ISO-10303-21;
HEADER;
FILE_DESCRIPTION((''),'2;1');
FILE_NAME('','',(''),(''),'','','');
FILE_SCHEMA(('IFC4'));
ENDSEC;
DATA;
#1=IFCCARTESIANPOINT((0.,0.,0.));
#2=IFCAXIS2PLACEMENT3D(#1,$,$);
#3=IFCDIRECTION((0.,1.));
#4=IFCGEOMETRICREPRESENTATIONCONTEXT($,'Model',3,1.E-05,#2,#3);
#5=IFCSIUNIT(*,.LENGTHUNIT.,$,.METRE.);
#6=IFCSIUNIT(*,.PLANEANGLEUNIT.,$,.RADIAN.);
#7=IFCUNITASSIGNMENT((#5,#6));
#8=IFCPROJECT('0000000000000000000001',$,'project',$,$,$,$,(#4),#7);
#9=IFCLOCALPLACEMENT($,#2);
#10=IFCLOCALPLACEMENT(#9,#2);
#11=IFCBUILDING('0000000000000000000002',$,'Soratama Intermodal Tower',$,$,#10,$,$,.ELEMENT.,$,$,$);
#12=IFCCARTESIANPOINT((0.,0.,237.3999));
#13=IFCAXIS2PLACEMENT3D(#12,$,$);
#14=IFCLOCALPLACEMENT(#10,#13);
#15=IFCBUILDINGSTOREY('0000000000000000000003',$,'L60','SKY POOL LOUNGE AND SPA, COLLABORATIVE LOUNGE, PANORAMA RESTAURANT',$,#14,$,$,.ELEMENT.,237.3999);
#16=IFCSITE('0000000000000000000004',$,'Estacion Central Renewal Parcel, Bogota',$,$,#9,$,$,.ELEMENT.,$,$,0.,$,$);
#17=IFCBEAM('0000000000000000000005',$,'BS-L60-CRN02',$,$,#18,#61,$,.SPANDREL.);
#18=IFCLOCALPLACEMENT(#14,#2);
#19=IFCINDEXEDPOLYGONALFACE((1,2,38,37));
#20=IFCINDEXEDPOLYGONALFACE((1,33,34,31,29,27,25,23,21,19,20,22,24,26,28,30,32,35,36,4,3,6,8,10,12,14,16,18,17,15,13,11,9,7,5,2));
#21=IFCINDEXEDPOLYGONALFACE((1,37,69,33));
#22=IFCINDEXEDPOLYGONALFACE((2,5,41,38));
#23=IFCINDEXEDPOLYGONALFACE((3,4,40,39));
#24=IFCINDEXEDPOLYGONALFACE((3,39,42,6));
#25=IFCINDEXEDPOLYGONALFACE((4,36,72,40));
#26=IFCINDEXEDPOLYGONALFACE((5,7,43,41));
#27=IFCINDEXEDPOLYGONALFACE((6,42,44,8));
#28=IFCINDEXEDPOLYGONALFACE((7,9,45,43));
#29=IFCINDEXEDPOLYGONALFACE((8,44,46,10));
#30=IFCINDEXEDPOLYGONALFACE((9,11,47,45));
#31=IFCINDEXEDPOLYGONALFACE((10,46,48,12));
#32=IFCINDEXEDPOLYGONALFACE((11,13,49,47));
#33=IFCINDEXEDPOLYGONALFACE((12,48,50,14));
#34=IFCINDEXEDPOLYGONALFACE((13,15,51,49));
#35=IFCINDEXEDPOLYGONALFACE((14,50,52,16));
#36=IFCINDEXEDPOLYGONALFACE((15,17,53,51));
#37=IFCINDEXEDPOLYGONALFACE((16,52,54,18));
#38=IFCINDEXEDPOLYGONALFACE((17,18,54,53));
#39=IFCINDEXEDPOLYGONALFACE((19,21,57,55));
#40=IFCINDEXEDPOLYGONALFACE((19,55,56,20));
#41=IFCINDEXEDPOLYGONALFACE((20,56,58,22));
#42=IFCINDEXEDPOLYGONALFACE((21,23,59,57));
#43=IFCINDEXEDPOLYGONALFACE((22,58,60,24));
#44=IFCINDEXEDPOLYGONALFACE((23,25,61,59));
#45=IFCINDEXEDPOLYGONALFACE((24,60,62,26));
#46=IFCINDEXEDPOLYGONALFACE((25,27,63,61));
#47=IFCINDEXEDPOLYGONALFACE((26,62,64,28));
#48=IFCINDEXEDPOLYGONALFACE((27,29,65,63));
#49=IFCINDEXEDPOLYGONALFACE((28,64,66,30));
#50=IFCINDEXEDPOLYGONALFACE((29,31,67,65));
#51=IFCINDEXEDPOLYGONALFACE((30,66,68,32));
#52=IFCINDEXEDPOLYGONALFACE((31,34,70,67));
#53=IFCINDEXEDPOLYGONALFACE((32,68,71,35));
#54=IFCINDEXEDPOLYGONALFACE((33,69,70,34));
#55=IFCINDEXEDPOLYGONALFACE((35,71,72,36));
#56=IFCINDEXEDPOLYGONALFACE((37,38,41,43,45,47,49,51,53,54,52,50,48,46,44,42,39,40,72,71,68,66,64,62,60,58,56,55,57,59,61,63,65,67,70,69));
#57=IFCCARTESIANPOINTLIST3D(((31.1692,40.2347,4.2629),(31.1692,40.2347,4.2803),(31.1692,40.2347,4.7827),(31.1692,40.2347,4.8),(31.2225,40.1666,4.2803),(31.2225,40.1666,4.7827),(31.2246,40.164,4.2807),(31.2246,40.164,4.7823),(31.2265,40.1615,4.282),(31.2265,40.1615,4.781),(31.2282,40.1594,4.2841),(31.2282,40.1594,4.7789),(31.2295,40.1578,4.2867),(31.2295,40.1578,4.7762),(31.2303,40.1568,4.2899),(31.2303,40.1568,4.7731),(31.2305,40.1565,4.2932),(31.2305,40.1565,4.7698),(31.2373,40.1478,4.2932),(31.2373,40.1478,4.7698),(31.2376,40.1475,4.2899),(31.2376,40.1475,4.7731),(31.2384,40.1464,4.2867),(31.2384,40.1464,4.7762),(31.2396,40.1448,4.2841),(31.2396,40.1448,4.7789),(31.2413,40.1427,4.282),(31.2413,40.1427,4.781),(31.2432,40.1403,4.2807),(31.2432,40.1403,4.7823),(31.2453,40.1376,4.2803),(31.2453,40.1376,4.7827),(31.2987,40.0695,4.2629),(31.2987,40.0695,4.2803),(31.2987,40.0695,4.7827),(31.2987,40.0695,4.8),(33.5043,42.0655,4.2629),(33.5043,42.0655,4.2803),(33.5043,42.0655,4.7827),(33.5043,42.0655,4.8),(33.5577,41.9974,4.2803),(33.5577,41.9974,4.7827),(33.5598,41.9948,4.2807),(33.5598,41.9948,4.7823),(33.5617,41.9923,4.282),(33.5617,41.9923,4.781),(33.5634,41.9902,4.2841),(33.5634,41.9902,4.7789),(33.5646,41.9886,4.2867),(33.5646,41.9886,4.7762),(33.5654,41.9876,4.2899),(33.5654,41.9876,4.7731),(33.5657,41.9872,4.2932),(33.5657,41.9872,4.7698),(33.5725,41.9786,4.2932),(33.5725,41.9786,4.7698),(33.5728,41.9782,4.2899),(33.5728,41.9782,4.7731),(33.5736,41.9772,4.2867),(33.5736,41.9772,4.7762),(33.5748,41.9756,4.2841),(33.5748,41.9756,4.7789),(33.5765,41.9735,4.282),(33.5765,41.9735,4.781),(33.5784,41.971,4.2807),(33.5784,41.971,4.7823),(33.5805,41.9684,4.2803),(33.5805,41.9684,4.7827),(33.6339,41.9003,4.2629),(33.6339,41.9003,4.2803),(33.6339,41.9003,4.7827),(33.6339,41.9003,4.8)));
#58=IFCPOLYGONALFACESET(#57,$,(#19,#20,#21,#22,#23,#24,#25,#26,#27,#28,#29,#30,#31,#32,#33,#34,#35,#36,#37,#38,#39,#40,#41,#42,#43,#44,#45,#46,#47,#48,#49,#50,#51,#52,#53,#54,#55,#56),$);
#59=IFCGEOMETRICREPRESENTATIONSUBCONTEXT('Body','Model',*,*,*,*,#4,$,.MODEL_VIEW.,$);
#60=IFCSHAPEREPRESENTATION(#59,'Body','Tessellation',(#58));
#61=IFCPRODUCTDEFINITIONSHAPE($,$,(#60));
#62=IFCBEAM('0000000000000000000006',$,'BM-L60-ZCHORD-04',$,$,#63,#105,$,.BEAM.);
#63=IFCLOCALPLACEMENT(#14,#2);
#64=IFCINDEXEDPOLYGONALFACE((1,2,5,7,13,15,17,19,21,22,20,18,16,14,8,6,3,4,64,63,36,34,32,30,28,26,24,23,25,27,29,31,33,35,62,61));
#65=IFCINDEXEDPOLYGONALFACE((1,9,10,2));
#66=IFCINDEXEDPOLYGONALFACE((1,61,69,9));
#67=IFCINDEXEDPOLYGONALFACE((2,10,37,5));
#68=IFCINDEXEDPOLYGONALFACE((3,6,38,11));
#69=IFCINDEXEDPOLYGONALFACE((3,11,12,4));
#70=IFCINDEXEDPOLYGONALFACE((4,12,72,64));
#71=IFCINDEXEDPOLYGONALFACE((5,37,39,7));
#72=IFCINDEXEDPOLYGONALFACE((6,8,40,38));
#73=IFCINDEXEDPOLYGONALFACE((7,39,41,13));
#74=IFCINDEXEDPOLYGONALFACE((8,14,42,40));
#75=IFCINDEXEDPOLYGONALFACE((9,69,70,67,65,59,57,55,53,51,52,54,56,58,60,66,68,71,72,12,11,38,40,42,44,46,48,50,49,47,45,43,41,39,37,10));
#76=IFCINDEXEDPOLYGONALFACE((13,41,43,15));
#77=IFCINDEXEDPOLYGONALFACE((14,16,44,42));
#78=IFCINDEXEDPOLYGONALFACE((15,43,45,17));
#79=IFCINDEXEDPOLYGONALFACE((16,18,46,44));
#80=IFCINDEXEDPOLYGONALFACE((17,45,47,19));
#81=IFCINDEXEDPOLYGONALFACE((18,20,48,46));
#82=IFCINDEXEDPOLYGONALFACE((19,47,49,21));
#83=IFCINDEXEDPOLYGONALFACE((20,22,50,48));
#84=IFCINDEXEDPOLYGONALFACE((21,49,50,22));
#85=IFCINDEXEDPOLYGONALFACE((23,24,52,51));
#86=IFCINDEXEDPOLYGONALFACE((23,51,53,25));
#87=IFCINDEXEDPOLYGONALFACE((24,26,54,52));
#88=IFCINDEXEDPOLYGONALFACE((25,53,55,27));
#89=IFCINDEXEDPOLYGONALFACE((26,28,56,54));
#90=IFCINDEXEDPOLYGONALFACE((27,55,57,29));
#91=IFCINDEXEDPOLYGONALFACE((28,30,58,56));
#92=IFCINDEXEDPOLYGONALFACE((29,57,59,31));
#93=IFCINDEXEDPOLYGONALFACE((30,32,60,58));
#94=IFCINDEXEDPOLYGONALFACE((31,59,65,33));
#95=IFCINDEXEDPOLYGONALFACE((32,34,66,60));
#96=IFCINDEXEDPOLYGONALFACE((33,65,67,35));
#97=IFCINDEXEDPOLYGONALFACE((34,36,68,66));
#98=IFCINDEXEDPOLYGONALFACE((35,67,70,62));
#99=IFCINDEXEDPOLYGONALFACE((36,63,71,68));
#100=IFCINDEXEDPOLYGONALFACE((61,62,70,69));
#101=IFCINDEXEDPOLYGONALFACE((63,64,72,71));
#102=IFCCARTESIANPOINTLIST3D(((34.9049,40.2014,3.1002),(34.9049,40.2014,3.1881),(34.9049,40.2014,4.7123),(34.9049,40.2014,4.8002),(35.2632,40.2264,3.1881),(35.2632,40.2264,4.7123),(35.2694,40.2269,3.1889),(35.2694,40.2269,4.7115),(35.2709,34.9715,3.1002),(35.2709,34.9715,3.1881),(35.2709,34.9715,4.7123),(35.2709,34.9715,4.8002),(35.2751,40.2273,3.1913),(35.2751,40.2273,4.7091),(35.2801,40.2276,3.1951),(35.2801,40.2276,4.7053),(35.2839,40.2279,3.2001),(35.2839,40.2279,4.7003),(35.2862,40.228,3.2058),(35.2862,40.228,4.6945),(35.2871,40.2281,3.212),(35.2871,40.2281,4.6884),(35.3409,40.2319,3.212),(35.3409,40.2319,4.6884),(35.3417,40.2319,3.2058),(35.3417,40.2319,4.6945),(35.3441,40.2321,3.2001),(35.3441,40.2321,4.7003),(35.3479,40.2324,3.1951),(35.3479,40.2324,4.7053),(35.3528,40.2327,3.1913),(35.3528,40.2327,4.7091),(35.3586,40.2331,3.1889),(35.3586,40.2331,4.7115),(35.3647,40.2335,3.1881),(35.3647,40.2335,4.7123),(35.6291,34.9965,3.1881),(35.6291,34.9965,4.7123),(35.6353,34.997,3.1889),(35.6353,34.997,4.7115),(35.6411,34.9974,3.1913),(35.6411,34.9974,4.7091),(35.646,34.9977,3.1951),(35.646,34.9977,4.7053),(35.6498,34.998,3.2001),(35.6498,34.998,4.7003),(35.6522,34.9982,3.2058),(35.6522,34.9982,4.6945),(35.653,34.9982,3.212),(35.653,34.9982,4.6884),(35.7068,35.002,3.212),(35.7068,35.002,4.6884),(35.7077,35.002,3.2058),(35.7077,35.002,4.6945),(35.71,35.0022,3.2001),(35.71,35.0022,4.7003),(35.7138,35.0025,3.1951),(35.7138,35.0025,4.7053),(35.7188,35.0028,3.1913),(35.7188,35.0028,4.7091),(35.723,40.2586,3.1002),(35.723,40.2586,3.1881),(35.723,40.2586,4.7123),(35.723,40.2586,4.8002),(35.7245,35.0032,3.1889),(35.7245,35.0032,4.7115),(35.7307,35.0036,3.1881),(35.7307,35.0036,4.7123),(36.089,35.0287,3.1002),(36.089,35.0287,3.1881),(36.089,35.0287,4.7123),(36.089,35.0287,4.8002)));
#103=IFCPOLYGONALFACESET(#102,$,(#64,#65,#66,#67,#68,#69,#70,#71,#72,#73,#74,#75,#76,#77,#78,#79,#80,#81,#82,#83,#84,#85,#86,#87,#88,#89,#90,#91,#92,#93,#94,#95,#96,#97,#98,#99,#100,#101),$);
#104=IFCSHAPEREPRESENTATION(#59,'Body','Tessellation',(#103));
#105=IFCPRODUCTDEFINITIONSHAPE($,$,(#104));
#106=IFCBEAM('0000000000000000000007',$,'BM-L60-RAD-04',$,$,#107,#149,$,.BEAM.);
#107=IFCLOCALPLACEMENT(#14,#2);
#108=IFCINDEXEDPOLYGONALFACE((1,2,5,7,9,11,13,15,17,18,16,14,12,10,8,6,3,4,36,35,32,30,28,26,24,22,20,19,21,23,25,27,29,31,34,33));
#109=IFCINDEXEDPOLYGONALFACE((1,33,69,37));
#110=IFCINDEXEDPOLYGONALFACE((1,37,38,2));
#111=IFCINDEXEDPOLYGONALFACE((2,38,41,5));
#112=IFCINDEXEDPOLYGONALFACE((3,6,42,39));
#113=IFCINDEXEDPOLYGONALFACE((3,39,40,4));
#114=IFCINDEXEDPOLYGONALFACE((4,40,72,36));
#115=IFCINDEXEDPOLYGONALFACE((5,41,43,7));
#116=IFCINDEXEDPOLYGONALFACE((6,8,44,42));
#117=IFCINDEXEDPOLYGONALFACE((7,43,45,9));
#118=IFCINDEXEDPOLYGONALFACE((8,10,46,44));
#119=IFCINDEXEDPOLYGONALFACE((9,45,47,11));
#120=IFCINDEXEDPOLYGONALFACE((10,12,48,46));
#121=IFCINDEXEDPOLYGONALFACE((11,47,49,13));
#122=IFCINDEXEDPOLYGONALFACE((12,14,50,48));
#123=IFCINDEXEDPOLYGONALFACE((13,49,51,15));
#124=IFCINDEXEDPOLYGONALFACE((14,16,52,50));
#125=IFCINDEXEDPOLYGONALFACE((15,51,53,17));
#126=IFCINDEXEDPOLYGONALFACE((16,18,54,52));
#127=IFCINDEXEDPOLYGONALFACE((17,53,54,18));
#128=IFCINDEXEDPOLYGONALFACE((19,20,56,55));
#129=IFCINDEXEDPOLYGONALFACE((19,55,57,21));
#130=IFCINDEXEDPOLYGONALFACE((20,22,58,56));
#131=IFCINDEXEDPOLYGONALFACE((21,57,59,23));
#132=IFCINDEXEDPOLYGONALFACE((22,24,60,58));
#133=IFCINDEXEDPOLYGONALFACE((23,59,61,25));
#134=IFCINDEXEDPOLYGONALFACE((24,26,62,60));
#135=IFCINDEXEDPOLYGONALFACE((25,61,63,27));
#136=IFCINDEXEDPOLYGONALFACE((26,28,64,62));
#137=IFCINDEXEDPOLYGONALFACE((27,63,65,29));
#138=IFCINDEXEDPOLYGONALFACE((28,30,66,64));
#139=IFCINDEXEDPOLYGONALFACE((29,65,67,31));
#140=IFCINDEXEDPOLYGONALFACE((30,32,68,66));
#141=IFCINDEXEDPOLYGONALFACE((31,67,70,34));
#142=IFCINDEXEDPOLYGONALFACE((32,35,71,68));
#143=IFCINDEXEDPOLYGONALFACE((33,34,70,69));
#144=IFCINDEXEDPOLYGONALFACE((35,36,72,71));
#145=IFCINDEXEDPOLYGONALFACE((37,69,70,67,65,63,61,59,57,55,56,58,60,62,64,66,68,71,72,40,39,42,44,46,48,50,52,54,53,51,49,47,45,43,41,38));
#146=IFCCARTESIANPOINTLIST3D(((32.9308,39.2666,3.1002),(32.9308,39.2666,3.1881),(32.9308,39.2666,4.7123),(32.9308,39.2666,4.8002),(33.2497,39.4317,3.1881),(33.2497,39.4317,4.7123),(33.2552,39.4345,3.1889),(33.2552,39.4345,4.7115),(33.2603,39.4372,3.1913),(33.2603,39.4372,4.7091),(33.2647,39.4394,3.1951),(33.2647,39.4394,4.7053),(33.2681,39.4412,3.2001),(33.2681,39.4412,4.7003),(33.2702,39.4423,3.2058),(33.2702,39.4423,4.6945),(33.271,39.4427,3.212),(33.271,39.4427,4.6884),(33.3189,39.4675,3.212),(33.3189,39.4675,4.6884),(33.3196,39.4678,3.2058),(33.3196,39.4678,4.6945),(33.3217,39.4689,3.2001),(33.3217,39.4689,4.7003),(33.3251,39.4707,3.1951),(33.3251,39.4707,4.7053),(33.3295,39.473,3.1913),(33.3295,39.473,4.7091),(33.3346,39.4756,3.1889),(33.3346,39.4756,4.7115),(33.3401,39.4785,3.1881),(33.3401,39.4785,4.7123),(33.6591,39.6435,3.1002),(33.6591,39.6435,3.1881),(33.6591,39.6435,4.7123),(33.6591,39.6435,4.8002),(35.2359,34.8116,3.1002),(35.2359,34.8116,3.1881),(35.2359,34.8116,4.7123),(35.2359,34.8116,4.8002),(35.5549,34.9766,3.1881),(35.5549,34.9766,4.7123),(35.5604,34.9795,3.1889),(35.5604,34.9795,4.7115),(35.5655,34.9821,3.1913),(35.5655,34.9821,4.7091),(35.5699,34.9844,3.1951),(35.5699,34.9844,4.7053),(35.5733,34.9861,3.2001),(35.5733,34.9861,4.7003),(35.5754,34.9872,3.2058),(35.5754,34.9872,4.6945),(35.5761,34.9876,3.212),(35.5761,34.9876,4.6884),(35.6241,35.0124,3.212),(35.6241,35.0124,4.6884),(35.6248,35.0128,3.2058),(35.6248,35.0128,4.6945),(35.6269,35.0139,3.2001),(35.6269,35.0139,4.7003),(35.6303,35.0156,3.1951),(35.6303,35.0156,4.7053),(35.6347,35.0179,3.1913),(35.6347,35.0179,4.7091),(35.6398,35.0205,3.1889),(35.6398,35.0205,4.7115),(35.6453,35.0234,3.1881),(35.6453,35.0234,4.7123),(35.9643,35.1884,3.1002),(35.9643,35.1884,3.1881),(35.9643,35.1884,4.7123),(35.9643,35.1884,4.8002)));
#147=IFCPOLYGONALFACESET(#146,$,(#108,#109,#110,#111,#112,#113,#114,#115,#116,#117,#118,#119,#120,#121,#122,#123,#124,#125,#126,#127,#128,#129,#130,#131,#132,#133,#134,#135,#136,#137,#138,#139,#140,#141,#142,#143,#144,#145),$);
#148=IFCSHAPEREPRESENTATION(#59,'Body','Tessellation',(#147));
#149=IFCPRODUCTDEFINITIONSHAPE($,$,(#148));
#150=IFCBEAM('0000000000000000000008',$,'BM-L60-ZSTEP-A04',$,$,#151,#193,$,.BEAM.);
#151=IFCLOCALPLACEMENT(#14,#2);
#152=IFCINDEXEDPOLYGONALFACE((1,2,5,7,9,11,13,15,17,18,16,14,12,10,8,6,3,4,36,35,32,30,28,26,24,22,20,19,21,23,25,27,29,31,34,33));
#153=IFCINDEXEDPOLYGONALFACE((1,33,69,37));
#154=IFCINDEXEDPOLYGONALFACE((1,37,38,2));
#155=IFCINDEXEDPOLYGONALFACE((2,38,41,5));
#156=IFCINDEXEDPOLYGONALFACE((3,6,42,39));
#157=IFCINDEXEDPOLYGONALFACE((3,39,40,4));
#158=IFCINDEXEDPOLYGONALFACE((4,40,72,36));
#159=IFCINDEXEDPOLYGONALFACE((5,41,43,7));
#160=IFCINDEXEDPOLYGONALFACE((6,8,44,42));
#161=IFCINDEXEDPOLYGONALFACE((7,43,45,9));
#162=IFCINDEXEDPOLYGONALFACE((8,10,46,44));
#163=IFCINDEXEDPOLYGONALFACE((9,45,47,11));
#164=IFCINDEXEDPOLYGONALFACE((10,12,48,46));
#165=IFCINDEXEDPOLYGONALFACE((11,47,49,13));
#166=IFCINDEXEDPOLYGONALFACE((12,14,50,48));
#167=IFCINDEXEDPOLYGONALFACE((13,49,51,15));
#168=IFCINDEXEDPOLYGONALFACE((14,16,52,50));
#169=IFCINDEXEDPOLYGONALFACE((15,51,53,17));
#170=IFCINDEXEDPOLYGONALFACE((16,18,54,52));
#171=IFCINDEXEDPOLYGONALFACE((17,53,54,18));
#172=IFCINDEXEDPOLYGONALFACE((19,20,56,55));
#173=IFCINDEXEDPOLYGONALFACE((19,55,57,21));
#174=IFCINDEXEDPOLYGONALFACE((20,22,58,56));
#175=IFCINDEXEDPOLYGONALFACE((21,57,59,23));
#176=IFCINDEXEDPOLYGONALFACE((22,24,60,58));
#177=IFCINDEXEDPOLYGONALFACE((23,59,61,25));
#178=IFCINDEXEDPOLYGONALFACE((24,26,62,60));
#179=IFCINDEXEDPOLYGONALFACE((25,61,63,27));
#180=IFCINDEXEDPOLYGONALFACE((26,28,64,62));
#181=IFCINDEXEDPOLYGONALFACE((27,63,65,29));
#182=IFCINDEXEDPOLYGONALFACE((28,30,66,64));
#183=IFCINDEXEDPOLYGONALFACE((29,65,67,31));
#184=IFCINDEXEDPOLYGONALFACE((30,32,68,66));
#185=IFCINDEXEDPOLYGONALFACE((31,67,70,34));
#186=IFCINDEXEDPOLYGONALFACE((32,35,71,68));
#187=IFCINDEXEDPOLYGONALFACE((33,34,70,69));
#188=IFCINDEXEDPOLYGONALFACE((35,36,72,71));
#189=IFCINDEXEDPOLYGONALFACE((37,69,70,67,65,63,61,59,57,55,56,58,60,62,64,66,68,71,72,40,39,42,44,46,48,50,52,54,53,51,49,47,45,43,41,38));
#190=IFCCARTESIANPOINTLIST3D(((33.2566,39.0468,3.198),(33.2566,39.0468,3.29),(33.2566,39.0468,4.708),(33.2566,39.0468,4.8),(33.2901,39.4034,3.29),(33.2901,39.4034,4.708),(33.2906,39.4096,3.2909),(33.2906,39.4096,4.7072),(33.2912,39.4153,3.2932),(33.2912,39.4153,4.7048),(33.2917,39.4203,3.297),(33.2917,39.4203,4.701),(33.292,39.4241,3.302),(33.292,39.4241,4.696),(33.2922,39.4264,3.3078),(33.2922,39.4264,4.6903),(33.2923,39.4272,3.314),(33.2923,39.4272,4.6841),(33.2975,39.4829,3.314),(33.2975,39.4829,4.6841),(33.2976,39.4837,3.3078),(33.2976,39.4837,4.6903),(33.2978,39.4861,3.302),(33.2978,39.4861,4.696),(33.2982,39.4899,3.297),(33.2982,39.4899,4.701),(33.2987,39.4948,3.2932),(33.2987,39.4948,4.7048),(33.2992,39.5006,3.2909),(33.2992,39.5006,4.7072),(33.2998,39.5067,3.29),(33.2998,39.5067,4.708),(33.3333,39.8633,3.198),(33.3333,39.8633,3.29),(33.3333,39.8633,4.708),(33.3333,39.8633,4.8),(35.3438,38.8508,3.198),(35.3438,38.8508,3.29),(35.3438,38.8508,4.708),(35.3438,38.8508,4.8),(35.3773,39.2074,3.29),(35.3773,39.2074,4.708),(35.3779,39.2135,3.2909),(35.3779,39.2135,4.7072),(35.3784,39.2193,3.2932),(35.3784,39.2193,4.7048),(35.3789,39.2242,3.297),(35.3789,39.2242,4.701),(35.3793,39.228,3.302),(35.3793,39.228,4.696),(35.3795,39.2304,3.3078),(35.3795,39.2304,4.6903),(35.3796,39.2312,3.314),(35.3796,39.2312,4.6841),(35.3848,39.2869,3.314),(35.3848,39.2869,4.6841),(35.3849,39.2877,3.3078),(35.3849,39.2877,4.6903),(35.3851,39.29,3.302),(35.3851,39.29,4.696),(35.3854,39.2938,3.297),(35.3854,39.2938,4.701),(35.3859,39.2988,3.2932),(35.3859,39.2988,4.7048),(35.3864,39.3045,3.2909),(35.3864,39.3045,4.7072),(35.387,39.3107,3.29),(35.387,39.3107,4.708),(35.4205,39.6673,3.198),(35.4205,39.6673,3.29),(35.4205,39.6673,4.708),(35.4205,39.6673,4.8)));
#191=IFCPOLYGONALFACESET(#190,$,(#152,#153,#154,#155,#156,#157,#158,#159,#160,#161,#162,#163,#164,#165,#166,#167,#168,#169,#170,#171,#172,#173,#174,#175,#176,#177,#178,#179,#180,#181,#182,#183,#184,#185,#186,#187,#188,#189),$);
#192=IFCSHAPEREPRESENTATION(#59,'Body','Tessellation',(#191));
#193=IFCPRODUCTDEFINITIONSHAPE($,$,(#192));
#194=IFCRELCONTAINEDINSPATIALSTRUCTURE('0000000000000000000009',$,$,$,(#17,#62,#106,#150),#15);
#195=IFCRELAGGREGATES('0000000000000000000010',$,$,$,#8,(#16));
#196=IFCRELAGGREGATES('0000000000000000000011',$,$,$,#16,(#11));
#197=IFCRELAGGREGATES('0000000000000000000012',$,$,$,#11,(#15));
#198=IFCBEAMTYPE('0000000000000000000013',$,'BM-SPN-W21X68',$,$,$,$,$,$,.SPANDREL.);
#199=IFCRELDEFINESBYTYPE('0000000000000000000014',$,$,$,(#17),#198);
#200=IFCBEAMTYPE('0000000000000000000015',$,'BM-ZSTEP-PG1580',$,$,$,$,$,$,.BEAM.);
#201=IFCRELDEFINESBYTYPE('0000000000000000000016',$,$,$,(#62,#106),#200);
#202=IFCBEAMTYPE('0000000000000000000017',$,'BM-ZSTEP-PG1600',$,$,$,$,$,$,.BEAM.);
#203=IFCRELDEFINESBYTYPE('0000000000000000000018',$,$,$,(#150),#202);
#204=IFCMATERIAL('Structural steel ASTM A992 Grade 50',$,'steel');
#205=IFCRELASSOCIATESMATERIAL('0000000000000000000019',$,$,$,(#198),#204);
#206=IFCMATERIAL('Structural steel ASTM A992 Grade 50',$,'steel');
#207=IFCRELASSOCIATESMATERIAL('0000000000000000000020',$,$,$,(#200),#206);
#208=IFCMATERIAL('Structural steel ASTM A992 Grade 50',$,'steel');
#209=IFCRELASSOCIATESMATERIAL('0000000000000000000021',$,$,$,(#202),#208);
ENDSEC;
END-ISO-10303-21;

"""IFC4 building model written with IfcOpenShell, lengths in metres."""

from ifc_helpers import new_model, si_unit, direction, frame, origin, origin_2d, place, context, subcontext, project, spatial, i_section, extrude, material, material_profile, profile_set, type_object, element, save


model = new_model("IFC4")

# Units and contexts
model_context = context("Model", 3, precision=1e-05, world=origin(), true_north=direction((0.0, 1.0)))
body_context = subcontext(model_context, "Body", "Model", "MODEL_VIEW")
ifc_project = project(units=[si_unit("LENGTHUNIT", "METRE"), si_unit("PLANEANGLEUNIT", "RADIAN")], contexts=[model_context])

# Site, building, storey
site_placement = place(None, origin())
site = spatial("IfcSite", under=ifc_project, at=site_placement, Name="Estacion Central Renewal Parcel, Bogota", CompositionType="ELEMENT", RefElevation=0.0)
building_placement = place(site_placement, origin())
building = spatial("IfcBuilding", under=site, at=building_placement, Name="Soratama Intermodal Tower", CompositionType="ELEMENT")
storey_placement = place(building_placement, frame((0.0, 0.0, 237.3999)))
storey = spatial("IfcBuildingStorey", under=building, at=storey_placement, Name="L60", Description="SKY POOL LOUNGE AND SPA, COLLABORATIVE LOUNGE, PANORAMA RESTAURANT", CompositionType="ELEMENT", Elevation=237.3999)

# Beams
ifc_material_1 = material(Name="Structural steel ASTM A992 Grade 50", Category="steel")
ifc_material_profile_1 = material_profile(ifc_material_1, i_section(OverallWidth=0.21, OverallDepth=0.5371, WebThickness=0.011, FlangeThickness=0.0173, FilletRadius=0.0129, at=origin_2d()), Name="W21X68")
ifc_profile_set_1 = profile_set([ifc_material_profile_1], Name="Structural steel ASTM A992 Grade 50")
beam_type_1 = type_object("IfcBeamType", Name="BM-SPN-W21X68", PredefinedType="SPANDREL", material=ifc_profile_set_1)
beam_1_placement = place(storey_placement, frame((33.5691, 41.9829, 4.5315), z_axis=(-0.786972, -0.616989, 0.0), x_axis=(0.616989, -0.786972, 0.0)))
element("IfcBeam", 1, at=beam_1_placement, inside=storey, type_object=beam_type_1, Name="BS-L60-CRN02", PredefinedType="SPANDREL", context=body_context, shape_type="SweptSolid", body=[
    extrude(i_section(OverallWidth=0.21, OverallDepth=0.5371, WebThickness=0.011, FlangeThickness=0.0173, FilletRadius=0.0129, at=origin_2d()), origin(), (0.0, 0.0, 1.0), 2.9673),
])
ifc_material_2 = material(Name="Structural steel ASTM A992 Grade 50", Category="steel")
ifc_material_profile_2 = material_profile(ifc_material_2, i_section(OverallWidth=0.8201, OverallDepth=1.7, WebThickness=0.054, FlangeThickness=0.0879, FilletRadius=0.0239, at=origin_2d()), Name="PG1580X800")
ifc_profile_set_2 = profile_set([ifc_material_profile_2], Name="Structural steel ASTM A992 Grade 50")
beam_type_2 = type_object("IfcBeamType", Name="BM-ZSTEP-PG1580", PredefinedType="BEAM", material=ifc_profile_set_2)
beam_2_placement = place(storey_placement, frame((35.314, 40.23, 3.9502), z_axis=(0.069804, -0.997561, 0.0), x_axis=(0.997561, 0.069804, 0.0)))
element("IfcBeam", 2, at=beam_2_placement, inside=storey, type_object=beam_type_2, Name="BM-L60-ZCHORD-04", PredefinedType="BEAM", context=body_context, shape_type="SweptSolid", body=[
    extrude(i_section(OverallWidth=0.8201, OverallDepth=1.7, WebThickness=0.054, FlangeThickness=0.0879, FilletRadius=0.0239, at=origin_2d()), origin(), (0.0, 0.0, 1.0), 5.2427),
])
beam_3_placement = place(storey_placement, frame((35.6001, 35.0, 3.9502), z_axis=(-0.459553, 0.888151, 0.0), x_axis=(-0.888151, -0.459553, 0.0)))
element("IfcBeam", 3, at=beam_3_placement, inside=storey, type_object=beam_type_2, Name="BM-L60-RAD-04", PredefinedType="BEAM", context=body_context, shape_type="SweptSolid", body=[
    extrude(i_section(OverallWidth=0.8201, OverallDepth=1.7, WebThickness=0.054, FlangeThickness=0.0879, FilletRadius=0.0239, at=origin_2d()), origin(), (0.0, 0.0, 1.0), 5.0161),
])
ifc_material_3 = material(Name="Structural steel ASTM A992 Grade 50", Category="steel")
ifc_material_profile_3 = material_profile(ifc_material_3, i_section(OverallWidth=0.8201, OverallDepth=1.6021, WebThickness=0.0559, FlangeThickness=0.092, FilletRadius=0.0239, at=origin_2d()), Name="PG1600X650")
ifc_profile_set_3 = profile_set([ifc_material_profile_3], Name="Structural steel ASTM A992 Grade 50")
beam_type_3 = type_object("IfcBeamType", Name="BM-ZSTEP-PG1600", PredefinedType="BEAM", material=ifc_profile_set_3)
beam_4_placement = place(storey_placement, frame((33.2949, 39.4551, 3.999), z_axis=(0.995618, -0.093517, 0.0), x_axis=(0.093517, 0.995618, 0.0)))
element("IfcBeam", 4, at=beam_4_placement, inside=storey, type_object=beam_type_3, Name="BM-L60-ZSTEP-A04", PredefinedType="BEAM", context=body_context, shape_type="SweptSolid", body=[
    extrude(i_section(OverallWidth=0.8201, OverallDepth=1.6021, WebThickness=0.0559, FlangeThickness=0.092, FilletRadius=0.0239, at=origin_2d()), origin(), (0.0, 0.0, 1.0), 2.0964),
])

save(model, "model.ifc")
